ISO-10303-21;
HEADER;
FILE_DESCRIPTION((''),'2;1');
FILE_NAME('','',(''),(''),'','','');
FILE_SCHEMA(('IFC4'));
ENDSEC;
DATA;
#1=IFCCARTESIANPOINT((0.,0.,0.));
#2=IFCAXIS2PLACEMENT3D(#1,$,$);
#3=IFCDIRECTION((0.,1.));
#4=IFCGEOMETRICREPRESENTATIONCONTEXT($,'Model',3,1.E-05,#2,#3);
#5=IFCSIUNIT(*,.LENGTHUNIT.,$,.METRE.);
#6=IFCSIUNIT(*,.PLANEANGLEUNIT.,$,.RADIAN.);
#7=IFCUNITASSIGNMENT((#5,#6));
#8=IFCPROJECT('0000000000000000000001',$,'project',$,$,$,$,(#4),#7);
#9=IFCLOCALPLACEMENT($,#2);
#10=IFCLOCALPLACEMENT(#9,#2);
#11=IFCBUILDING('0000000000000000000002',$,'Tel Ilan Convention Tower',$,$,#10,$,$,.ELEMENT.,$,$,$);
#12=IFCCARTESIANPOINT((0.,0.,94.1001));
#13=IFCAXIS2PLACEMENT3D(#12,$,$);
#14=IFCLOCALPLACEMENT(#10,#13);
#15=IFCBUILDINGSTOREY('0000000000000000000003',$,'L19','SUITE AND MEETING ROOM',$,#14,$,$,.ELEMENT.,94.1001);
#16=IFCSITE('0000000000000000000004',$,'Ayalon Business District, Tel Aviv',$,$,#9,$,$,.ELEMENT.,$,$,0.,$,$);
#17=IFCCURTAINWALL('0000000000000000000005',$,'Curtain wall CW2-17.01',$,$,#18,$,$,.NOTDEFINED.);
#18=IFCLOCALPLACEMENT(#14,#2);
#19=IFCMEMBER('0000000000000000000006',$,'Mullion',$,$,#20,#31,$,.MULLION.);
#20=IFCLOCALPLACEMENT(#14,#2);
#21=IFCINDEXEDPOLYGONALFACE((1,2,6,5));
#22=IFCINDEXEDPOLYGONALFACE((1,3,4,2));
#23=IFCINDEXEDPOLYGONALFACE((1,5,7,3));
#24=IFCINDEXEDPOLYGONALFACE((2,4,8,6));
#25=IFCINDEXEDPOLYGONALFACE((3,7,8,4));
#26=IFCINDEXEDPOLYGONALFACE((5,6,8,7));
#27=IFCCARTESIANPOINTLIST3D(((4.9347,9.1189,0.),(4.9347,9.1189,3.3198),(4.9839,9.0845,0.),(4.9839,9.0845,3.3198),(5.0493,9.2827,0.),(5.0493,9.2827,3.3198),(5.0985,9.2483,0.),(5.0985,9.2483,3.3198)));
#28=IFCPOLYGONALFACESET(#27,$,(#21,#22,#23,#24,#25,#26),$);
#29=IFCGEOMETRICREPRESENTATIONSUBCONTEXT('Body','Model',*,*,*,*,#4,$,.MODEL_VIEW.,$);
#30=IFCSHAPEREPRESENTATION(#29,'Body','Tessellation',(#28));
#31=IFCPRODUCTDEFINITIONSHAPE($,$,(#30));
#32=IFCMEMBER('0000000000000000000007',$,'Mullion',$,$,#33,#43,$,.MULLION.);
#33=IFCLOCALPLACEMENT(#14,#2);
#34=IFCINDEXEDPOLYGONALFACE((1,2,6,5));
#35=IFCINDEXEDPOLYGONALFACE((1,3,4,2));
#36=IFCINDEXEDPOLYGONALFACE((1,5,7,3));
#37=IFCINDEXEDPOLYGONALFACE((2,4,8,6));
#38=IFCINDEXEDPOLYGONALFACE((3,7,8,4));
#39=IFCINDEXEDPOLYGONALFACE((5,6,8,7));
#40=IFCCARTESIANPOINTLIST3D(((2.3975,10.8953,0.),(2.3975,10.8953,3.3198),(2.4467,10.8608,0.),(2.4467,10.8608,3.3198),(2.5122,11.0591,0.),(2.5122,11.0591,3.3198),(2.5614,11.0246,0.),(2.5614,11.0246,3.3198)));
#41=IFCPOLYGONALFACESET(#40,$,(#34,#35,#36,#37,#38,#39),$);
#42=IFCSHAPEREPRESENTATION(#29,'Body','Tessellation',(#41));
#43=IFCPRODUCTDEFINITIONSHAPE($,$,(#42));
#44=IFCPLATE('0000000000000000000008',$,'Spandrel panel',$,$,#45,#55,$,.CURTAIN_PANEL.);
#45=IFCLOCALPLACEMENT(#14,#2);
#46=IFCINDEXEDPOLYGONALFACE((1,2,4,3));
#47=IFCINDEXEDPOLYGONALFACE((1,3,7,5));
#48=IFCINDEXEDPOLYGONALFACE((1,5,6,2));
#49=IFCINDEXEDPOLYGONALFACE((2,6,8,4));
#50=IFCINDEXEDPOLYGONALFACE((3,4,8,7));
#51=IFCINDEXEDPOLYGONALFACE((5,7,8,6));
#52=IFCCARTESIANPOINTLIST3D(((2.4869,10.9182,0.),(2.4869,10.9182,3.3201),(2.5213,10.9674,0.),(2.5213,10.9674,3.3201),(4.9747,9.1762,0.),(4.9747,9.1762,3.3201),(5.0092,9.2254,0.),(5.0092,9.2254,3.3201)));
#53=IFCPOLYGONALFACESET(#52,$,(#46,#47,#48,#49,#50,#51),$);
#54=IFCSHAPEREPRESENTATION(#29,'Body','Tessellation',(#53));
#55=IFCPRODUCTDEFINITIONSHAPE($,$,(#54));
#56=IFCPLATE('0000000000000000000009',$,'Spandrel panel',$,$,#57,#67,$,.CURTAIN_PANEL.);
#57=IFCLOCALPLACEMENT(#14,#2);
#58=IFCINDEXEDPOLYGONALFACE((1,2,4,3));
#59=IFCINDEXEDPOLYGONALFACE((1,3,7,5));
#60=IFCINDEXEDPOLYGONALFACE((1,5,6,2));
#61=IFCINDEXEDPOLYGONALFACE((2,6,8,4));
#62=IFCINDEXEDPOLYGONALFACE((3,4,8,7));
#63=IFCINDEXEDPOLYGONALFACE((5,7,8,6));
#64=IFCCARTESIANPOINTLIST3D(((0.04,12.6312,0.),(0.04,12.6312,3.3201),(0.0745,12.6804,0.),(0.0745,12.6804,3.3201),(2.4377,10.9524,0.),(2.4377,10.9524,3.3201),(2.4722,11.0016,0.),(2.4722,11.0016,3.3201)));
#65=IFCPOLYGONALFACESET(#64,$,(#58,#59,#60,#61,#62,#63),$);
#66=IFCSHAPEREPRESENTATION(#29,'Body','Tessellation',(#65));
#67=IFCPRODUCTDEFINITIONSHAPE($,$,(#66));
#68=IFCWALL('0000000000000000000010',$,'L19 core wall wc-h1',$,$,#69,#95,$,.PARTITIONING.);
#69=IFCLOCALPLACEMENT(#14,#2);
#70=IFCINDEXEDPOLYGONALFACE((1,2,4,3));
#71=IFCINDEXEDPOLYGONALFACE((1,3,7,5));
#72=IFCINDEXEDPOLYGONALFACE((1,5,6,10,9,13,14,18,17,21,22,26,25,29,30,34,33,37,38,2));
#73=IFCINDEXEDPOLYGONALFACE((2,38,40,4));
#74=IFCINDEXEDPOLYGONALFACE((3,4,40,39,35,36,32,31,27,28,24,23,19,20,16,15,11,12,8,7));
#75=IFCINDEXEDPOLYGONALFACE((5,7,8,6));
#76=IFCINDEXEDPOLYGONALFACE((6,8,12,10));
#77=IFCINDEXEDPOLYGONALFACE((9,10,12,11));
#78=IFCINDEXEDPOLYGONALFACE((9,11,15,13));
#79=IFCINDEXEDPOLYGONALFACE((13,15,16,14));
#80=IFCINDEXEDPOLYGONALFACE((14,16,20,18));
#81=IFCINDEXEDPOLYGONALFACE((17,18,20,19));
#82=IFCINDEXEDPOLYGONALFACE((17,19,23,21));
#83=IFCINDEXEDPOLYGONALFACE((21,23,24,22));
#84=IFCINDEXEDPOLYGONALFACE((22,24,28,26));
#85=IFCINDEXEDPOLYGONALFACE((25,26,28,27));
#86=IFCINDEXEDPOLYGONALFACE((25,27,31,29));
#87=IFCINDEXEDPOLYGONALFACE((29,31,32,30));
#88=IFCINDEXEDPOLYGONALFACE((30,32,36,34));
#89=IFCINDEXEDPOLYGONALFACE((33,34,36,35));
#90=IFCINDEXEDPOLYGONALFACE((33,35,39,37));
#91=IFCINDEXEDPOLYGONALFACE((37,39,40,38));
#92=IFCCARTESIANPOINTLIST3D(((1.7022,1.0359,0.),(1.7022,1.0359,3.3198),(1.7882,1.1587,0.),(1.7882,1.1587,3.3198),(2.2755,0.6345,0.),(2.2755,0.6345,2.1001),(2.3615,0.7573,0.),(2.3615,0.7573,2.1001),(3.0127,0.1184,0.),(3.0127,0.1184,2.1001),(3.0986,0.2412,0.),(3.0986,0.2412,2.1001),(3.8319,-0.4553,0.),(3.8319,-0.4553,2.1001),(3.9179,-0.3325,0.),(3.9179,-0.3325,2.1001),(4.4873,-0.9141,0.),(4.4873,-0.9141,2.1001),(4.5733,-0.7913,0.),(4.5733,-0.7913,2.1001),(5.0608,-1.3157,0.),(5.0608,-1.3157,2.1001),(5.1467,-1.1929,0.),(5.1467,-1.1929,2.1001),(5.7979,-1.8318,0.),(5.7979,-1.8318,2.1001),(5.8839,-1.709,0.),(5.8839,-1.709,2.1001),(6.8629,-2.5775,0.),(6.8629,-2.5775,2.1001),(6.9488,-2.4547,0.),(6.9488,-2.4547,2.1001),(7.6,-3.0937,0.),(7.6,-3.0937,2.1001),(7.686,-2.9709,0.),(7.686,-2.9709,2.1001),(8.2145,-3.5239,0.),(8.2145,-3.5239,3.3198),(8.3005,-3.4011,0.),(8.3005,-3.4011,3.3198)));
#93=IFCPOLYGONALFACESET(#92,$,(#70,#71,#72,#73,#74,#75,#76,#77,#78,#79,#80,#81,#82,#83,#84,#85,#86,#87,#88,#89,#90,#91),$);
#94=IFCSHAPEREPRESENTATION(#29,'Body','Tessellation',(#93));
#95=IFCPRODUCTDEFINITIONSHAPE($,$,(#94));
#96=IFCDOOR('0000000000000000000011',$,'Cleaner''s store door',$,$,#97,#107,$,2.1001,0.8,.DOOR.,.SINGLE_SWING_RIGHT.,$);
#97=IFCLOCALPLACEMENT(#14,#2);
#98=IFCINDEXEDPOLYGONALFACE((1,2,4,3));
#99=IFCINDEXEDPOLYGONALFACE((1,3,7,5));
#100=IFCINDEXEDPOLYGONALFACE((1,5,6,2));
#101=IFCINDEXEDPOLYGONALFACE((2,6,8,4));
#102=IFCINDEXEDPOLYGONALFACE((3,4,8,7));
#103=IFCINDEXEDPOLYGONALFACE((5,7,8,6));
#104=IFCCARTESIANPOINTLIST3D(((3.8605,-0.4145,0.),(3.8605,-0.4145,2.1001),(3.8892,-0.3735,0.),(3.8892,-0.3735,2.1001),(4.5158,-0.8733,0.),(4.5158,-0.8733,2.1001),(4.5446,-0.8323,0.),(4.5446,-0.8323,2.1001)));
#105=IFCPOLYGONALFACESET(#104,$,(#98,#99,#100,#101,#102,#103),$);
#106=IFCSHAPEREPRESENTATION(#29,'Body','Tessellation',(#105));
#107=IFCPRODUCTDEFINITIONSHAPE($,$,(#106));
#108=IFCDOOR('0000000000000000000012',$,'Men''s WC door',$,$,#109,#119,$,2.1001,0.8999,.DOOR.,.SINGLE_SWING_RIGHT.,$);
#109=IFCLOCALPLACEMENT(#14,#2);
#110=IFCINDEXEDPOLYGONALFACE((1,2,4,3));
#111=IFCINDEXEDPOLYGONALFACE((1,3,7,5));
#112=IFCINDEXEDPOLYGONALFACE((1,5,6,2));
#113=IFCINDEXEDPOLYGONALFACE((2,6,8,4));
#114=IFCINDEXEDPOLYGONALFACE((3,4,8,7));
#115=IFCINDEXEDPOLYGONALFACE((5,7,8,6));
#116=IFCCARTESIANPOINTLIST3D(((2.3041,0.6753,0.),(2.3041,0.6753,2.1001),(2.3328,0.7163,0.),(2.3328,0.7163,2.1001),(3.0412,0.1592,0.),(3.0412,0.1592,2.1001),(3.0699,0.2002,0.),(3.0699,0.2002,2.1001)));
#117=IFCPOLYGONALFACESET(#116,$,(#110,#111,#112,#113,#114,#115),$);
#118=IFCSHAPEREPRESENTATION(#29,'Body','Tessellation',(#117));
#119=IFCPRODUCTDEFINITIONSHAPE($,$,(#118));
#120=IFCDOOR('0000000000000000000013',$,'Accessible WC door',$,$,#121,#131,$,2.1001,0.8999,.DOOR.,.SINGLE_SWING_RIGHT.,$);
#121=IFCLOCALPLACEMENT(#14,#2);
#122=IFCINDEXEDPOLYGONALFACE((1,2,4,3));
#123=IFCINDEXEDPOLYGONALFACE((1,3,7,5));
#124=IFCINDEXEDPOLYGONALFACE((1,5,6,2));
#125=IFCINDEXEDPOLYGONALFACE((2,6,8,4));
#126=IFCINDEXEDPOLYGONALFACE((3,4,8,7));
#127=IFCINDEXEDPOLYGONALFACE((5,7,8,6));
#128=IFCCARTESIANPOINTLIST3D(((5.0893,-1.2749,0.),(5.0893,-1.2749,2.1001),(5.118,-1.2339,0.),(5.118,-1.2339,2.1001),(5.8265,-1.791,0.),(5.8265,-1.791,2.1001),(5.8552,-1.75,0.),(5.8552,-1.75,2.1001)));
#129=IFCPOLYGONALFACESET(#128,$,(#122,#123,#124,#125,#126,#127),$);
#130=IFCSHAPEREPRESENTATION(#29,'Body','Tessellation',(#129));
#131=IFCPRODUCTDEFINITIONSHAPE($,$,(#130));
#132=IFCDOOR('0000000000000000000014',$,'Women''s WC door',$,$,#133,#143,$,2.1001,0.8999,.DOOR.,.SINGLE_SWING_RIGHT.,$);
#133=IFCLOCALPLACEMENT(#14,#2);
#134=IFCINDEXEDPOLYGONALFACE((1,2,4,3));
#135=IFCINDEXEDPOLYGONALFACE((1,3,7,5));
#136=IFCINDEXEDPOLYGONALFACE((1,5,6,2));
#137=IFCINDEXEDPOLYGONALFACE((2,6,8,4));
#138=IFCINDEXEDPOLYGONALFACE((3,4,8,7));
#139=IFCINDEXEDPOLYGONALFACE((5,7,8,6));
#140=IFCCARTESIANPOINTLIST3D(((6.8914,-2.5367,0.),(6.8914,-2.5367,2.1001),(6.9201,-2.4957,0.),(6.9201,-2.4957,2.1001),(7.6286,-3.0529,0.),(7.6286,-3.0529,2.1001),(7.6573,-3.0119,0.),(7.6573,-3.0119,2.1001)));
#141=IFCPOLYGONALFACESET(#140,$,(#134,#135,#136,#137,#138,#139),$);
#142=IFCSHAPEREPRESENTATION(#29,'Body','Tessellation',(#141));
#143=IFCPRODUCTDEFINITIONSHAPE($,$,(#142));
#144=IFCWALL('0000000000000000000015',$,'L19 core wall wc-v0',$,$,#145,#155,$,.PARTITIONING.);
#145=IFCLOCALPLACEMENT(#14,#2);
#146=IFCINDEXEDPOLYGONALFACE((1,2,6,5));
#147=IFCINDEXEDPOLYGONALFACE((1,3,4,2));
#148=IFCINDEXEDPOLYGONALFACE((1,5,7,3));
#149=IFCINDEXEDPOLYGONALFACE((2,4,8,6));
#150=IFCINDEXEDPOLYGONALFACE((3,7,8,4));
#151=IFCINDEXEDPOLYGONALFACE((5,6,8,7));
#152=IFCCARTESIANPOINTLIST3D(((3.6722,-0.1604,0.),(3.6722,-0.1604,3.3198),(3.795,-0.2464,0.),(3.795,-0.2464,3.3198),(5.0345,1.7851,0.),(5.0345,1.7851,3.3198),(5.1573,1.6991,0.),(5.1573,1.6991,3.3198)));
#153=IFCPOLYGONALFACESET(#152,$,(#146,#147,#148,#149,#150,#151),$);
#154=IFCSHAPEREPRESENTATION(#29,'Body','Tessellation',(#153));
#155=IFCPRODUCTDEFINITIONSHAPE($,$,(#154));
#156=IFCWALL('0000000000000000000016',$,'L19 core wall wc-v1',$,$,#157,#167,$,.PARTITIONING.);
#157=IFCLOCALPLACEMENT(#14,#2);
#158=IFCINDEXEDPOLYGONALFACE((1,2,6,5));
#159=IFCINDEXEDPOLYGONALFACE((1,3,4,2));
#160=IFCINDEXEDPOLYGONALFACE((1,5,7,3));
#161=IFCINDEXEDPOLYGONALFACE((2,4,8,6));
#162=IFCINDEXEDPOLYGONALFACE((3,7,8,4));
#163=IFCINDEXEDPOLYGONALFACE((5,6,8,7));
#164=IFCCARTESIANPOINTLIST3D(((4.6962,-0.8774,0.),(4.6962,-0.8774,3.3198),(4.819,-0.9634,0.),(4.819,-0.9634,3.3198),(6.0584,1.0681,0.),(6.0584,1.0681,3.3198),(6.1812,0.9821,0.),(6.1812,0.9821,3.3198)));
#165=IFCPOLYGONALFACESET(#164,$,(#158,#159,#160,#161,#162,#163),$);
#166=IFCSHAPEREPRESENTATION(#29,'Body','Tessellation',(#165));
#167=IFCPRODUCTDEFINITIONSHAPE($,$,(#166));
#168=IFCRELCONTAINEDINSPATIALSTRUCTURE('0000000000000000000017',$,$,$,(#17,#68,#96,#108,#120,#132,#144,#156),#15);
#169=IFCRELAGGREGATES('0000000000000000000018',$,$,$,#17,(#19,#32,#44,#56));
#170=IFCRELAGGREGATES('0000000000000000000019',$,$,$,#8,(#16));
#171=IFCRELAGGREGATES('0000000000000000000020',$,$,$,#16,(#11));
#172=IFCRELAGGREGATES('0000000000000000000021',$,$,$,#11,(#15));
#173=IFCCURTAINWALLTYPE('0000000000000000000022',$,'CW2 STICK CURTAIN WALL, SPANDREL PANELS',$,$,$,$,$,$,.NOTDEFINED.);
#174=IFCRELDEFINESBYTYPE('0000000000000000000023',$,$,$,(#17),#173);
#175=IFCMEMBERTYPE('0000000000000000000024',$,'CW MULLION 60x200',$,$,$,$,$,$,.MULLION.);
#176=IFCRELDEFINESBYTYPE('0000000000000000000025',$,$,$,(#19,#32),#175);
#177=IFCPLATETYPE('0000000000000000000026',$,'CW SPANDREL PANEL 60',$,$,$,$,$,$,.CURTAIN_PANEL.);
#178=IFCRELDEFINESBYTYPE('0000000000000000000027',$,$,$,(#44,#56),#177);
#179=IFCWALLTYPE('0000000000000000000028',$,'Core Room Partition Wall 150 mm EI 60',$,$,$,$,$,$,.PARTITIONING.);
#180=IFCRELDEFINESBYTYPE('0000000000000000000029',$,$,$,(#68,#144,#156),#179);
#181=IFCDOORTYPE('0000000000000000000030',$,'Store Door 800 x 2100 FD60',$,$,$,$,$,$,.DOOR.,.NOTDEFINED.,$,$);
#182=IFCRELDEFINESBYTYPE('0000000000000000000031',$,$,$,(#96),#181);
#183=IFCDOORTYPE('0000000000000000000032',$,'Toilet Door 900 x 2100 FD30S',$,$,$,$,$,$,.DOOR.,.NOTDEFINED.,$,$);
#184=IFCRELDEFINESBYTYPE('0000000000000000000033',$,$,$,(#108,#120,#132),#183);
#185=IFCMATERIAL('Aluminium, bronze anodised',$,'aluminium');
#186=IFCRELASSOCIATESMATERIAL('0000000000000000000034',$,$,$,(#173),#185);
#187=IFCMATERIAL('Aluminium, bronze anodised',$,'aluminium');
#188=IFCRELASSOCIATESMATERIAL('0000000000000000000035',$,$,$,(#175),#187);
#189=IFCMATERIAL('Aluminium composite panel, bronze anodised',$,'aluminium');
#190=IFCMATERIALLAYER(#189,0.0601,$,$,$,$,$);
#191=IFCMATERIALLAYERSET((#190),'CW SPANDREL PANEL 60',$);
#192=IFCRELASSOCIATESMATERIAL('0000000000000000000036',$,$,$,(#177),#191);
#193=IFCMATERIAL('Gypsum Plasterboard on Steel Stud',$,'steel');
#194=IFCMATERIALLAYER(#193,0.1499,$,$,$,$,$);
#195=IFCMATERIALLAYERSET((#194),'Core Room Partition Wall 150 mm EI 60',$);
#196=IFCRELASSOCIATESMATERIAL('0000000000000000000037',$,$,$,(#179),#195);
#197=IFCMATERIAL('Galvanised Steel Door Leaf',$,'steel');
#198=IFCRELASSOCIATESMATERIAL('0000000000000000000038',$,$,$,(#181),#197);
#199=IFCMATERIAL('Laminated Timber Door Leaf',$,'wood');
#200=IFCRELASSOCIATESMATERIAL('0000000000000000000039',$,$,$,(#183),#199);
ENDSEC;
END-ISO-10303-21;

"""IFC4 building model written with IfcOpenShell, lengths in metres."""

from ifc_helpers import new_model, si_unit, direction, frame, frame_2d, origin, origin_2d, place, context, subcontext, project, spatial, rectangle, extrude, material, layer, layer_set, material_profile, profile_set, type_object, element, fill, aggregate, save


model = new_model("IFC4")

# Units and contexts
model_context = context("Model", 3, precision=1e-05, world=origin(), true_north=direction((0.0, 1.0)))
body_context = subcontext(model_context, "Body", "Model", "MODEL_VIEW")
ifc_project = project(units=[si_unit("LENGTHUNIT", "METRE"), si_unit("PLANEANGLEUNIT", "RADIAN")], contexts=[model_context])

# Site, building, storey
site_placement = place(None, origin())
site = spatial("IfcSite", under=ifc_project, at=site_placement, Name="Ayalon Business District, Tel Aviv", CompositionType="ELEMENT", RefElevation=0.0)
building_placement = place(site_placement, origin())
building = spatial("IfcBuilding", under=site, at=building_placement, Name="Tel Ilan Convention Tower", CompositionType="ELEMENT")
storey_placement = place(building_placement, frame((0.0, 0.0, 94.1001)))
storey = spatial("IfcBuildingStorey", under=building, at=storey_placement, Name="L19", Description="SUITE AND MEETING ROOM", CompositionType="ELEMENT", Elevation=94.1001)

# Curtain wall, members, plates
ifc_material_1 = material(Name="Aluminium, bronze anodised", Category="aluminium")
curtain_wall_type = type_object("IfcCurtainWallType", Name="CW2 STICK CURTAIN WALL, SPANDREL PANELS", PredefinedType="NOTDEFINED", material=ifc_material_1)
curtain_wall_placement = place(storey_placement, origin())
curtain_wall = element("IfcCurtainWall", 1, at=curtain_wall_placement, inside=storey, type_object=curtain_wall_type, Name="Curtain wall CW2-17.01", PredefinedType="NOTDEFINED")
ifc_material_2 = material(Name="Aluminium, bronze anodised", Category="aluminium")
ifc_material_profile = material_profile(ifc_material_2, rectangle(XDim=0.0601, YDim=0.2, at=origin_2d()), Name="CW MULLION 60x200")
ifc_profile_set = profile_set([ifc_material_profile], Name="Aluminium, bronze anodised")
member_type = type_object("IfcMemberType", Name="CW MULLION 60x200", PredefinedType="MULLION", material=ifc_profile_set)
member_1_placement = place(storey_placement, frame((5.0166, 9.1836, 0.0), z_axis=(0.0, 0.0, 1.0), x_axis=(-0.819152, 0.573576, 0.0)))
member_1 = element("IfcMember", 2, at=member_1_placement, type_object=member_type, Name="Mullion", PredefinedType="MULLION", context=body_context, shape_type="SweptSolid", body=[
    extrude(rectangle(XDim=0.0601, YDim=0.2, at=origin_2d()), origin(), (0.0, 0.0, 1.0), 3.3198),
])
member_2_placement = place(storey_placement, frame((2.4795, 10.96, 0.0), z_axis=(0.0, 0.0, 1.0), x_axis=(-0.819152, 0.573576, 0.0)))
member_2 = element("IfcMember", 3, at=member_2_placement, type_object=member_type, Name="Mullion", PredefinedType="MULLION", context=body_context, shape_type="SweptSolid", body=[
    extrude(rectangle(XDim=0.0601, YDim=0.2, at=origin_2d()), origin(), (0.0, 0.0, 1.0), 3.3198),
])
ifc_material_3 = material(Name="Aluminium composite panel, bronze anodised", Category="aluminium")
ifc_layer_1 = layer(ifc_material_3, 0.0601)
ifc_layer_set_1 = layer_set([ifc_layer_1], Name="CW SPANDREL PANEL 60")
plate_type = type_object("IfcPlateType", Name="CW SPANDREL PANEL 60", PredefinedType="CURTAIN_PANEL", material=ifc_layer_set_1)
plate_1_placement = place(storey_placement, frame((3.748, 10.0718, 0.0), z_axis=(0.0, 0.0, 1.0), x_axis=(-0.819152, 0.573576, 0.0)))
plate_1 = element("IfcPlate", 4, at=plate_1_placement, type_object=plate_type, Name="Spandrel panel", PredefinedType="CURTAIN_PANEL", context=body_context, shape_type="SweptSolid", body=[
    extrude(rectangle(XDim=3.0371, YDim=0.0601, at=origin_2d()), origin(), (0.0, 0.0, 1.0), 3.3201),
])
plate_2_placement = place(storey_placement, frame((1.2561, 11.8164, 0.0), z_axis=(0.0, 0.0, 1.0), x_axis=(-0.819152, 0.573576, 0.0)))
plate_2 = element("IfcPlate", 5, at=plate_2_placement, type_object=plate_type, Name="Spandrel panel", PredefinedType="CURTAIN_PANEL", context=body_context, shape_type="SweptSolid", body=[
    extrude(rectangle(XDim=2.927, YDim=0.0601, at=origin_2d()), origin(), (0.0, 0.0, 1.0), 3.3201),
])
aggregate(curtain_wall, [member_1, member_2, plate_1, plate_2])

# Wall, openings, doors
ifc_material_4 = material(Name="Gypsum Plasterboard on Steel Stud", Category="steel")
ifc_layer_2 = layer(ifc_material_4, 0.1499)
ifc_layer_set_2 = layer_set([ifc_layer_2], Name="Core Room Partition Wall 150 mm EI 60")
wall_type_1 = type_object("IfcWallType", Name="Core Room Partition Wall 150 mm EI 60", PredefinedType="PARTITIONING", material=ifc_layer_set_2)
wall_1_placement = place(storey_placement, frame((1.7451, 1.0974, 0.0), z_axis=(0.0, 0.0, 1.0), x_axis=(0.819157, -0.57357, 0.0)))
wall_1 = element("IfcWall", 6, at=wall_1_placement, inside=storey, type_object=wall_type_1, Name="L19 core wall wc-h1", PredefinedType="PARTITIONING", context=body_context, shape_type="SweptSolid", body=[
    extrude(rectangle(XDim=7.95, YDim=0.1499, at=frame_2d((3.9751, 0.0))), origin(), (0.0, 0.0, 1.0), 3.3198),
])
opening_1_placement = place(wall_1_placement, frame((0.7, 0.0, 0.0)))
opening_1 = element("IfcOpeningElement", 7, at=opening_1_placement, cuts=wall_1, PredefinedType="OPENING", context=body_context, shape_type="SweptSolid", body=[
    extrude(rectangle(XDim=0.8999, YDim=2.1001, at=frame_2d((0.45, 1.05))), frame((0.0, 0.085, 0.0), z_axis=(0.0, -1.0, 0.0), x_axis=(1.0, 0.0, 0.0)), (0.0, 0.0, 1.0), 0.1699),
])
opening_2_placement = place(wall_1_placement, frame((2.6001, 0.0, 0.0)))
opening_2 = element("IfcOpeningElement", 8, at=opening_2_placement, cuts=wall_1, PredefinedType="OPENING", context=body_context, shape_type="SweptSolid", body=[
    extrude(rectangle(XDim=0.8, YDim=2.1001, at=frame_2d((0.3999, 1.05))), frame((0.0, 0.085, 0.0), z_axis=(0.0, -1.0, 0.0), x_axis=(1.0, 0.0, 0.0)), (0.0, 0.0, 1.0), 0.1699),
])
opening_3_placement = place(wall_1_placement, frame((4.1001, 0.0, 0.0)))
opening_3 = element("IfcOpeningElement", 9, at=opening_3_placement, cuts=wall_1, PredefinedType="OPENING", context=body_context, shape_type="SweptSolid", body=[
    extrude(rectangle(XDim=0.8999, YDim=2.1001, at=frame_2d((0.45, 1.05))), frame((0.0, 0.085, 0.0), z_axis=(0.0, -1.0, 0.0), x_axis=(1.0, 0.0, 0.0)), (0.0, 0.0, 1.0), 0.1699),
])
opening_4_placement = place(wall_1_placement, frame((6.3, 0.0, 0.0)))
opening_4 = element("IfcOpeningElement", 10, at=opening_4_placement, cuts=wall_1, PredefinedType="OPENING", context=body_context, shape_type="SweptSolid", body=[
    extrude(rectangle(XDim=0.8999, YDim=2.1001, at=frame_2d((0.45, 1.05))), frame((0.0, 0.085, 0.0), z_axis=(0.0, -1.0, 0.0), x_axis=(1.0, 0.0, 0.0)), (0.0, 0.0, 1.0), 0.1699),
])
ifc_material_5 = material(Name="Galvanised Steel Door Leaf", Category="steel")
door_type_1 = type_object("IfcDoorType", Name="Store Door 800 x 2100 FD60", OperationType="NOTDEFINED", PredefinedType="DOOR", material=ifc_material_5)
door_1_placement = place(opening_2_placement, origin())
door_1 = element("IfcDoor", 11, at=door_1_placement, inside=storey, type_object=door_type_1, Name="Cleaner's store door", OperationType="SINGLE_SWING_RIGHT", OverallHeight=2.1001, OverallWidth=0.8, PredefinedType="DOOR", context=body_context, shape_type="SweptSolid", body=[
    extrude(rectangle(XDim=0.8, YDim=2.1001, at=frame_2d((0.3999, 1.05))), frame((0.0, 0.0249, 0.0), z_axis=(0.0, -1.0, 0.0), x_axis=(1.0, 0.0, 0.0)), (0.0, 0.0, 1.0), 0.05),
])
fill(opening_2, door_1)
ifc_material_6 = material(Name="Laminated Timber Door Leaf", Category="wood")
door_type_2 = type_object("IfcDoorType", Name="Toilet Door 900 x 2100 FD30S", OperationType="NOTDEFINED", PredefinedType="DOOR", material=ifc_material_6)
door_2_placement = place(opening_1_placement, origin())
door_2 = element("IfcDoor", 12, at=door_2_placement, inside=storey, type_object=door_type_2, Name="Men's WC door", OperationType="SINGLE_SWING_RIGHT", OverallHeight=2.1001, OverallWidth=0.8999, PredefinedType="DOOR", context=body_context, shape_type="SweptSolid", body=[
    extrude(rectangle(XDim=0.8999, YDim=2.1001, at=frame_2d((0.45, 1.05))), frame((0.0, 0.0249, 0.0), z_axis=(0.0, -1.0, 0.0), x_axis=(1.0, 0.0, 0.0)), (0.0, 0.0, 1.0), 0.05),
])
fill(opening_1, door_2)
door_3_placement = place(opening_3_placement, origin())
door_3 = element("IfcDoor", 13, at=door_3_placement, inside=storey, type_object=door_type_2, Name="Accessible WC door", OperationType="SINGLE_SWING_RIGHT", OverallHeight=2.1001, OverallWidth=0.8999, PredefinedType="DOOR", context=body_context, shape_type="SweptSolid", body=[
    extrude(rectangle(XDim=0.8999, YDim=2.1001, at=frame_2d((0.45, 1.05))), frame((0.0, 0.0249, 0.0), z_axis=(0.0, -1.0, 0.0), x_axis=(1.0, 0.0, 0.0)), (0.0, 0.0, 1.0), 0.05),
])
fill(opening_3, door_3)
door_4_placement = place(opening_4_placement, origin())
door_4 = element("IfcDoor", 14, at=door_4_placement, inside=storey, type_object=door_type_2, Name="Women's WC door", OperationType="SINGLE_SWING_RIGHT", OverallHeight=2.1001, OverallWidth=0.8999, PredefinedType="DOOR", context=body_context, shape_type="SweptSolid", body=[
    extrude(rectangle(XDim=0.8999, YDim=2.1001, at=frame_2d((0.45, 1.05))), frame((0.0, 0.0249, 0.0), z_axis=(0.0, -1.0, 0.0), x_axis=(1.0, 0.0, 0.0)), (0.0, 0.0, 1.0), 0.05),
])
fill(opening_4, door_4)

# Walls
for number, where, z_axis, x_axis, name in (
    (15, (3.7336, -0.2034, 0.0), (0.0, 0.0, 1.0), (0.57358, 0.81915, 0.0), "L19 core wall wc-v0"),
    (16, (4.7576, -0.9204, 0.0), (0.0, 0.0, 1.0), (0.57358, 0.81915, 0.0), "L19 core wall wc-v1"),
):
    element("IfcWall", number, at=place(storey_placement, frame(where, z_axis=z_axis, x_axis=x_axis)), inside=storey, type_object=wall_type_1, Name=name, PredefinedType="PARTITIONING", context=body_context, shape_type="SweptSolid", body=[
        extrude(rectangle(XDim=2.375, YDim=0.1499, at=frame_2d((1.1875, 0.0))), origin(), (0.0, 0.0, 1.0), 3.3198),
    ])

save(model, "model.ifc")
